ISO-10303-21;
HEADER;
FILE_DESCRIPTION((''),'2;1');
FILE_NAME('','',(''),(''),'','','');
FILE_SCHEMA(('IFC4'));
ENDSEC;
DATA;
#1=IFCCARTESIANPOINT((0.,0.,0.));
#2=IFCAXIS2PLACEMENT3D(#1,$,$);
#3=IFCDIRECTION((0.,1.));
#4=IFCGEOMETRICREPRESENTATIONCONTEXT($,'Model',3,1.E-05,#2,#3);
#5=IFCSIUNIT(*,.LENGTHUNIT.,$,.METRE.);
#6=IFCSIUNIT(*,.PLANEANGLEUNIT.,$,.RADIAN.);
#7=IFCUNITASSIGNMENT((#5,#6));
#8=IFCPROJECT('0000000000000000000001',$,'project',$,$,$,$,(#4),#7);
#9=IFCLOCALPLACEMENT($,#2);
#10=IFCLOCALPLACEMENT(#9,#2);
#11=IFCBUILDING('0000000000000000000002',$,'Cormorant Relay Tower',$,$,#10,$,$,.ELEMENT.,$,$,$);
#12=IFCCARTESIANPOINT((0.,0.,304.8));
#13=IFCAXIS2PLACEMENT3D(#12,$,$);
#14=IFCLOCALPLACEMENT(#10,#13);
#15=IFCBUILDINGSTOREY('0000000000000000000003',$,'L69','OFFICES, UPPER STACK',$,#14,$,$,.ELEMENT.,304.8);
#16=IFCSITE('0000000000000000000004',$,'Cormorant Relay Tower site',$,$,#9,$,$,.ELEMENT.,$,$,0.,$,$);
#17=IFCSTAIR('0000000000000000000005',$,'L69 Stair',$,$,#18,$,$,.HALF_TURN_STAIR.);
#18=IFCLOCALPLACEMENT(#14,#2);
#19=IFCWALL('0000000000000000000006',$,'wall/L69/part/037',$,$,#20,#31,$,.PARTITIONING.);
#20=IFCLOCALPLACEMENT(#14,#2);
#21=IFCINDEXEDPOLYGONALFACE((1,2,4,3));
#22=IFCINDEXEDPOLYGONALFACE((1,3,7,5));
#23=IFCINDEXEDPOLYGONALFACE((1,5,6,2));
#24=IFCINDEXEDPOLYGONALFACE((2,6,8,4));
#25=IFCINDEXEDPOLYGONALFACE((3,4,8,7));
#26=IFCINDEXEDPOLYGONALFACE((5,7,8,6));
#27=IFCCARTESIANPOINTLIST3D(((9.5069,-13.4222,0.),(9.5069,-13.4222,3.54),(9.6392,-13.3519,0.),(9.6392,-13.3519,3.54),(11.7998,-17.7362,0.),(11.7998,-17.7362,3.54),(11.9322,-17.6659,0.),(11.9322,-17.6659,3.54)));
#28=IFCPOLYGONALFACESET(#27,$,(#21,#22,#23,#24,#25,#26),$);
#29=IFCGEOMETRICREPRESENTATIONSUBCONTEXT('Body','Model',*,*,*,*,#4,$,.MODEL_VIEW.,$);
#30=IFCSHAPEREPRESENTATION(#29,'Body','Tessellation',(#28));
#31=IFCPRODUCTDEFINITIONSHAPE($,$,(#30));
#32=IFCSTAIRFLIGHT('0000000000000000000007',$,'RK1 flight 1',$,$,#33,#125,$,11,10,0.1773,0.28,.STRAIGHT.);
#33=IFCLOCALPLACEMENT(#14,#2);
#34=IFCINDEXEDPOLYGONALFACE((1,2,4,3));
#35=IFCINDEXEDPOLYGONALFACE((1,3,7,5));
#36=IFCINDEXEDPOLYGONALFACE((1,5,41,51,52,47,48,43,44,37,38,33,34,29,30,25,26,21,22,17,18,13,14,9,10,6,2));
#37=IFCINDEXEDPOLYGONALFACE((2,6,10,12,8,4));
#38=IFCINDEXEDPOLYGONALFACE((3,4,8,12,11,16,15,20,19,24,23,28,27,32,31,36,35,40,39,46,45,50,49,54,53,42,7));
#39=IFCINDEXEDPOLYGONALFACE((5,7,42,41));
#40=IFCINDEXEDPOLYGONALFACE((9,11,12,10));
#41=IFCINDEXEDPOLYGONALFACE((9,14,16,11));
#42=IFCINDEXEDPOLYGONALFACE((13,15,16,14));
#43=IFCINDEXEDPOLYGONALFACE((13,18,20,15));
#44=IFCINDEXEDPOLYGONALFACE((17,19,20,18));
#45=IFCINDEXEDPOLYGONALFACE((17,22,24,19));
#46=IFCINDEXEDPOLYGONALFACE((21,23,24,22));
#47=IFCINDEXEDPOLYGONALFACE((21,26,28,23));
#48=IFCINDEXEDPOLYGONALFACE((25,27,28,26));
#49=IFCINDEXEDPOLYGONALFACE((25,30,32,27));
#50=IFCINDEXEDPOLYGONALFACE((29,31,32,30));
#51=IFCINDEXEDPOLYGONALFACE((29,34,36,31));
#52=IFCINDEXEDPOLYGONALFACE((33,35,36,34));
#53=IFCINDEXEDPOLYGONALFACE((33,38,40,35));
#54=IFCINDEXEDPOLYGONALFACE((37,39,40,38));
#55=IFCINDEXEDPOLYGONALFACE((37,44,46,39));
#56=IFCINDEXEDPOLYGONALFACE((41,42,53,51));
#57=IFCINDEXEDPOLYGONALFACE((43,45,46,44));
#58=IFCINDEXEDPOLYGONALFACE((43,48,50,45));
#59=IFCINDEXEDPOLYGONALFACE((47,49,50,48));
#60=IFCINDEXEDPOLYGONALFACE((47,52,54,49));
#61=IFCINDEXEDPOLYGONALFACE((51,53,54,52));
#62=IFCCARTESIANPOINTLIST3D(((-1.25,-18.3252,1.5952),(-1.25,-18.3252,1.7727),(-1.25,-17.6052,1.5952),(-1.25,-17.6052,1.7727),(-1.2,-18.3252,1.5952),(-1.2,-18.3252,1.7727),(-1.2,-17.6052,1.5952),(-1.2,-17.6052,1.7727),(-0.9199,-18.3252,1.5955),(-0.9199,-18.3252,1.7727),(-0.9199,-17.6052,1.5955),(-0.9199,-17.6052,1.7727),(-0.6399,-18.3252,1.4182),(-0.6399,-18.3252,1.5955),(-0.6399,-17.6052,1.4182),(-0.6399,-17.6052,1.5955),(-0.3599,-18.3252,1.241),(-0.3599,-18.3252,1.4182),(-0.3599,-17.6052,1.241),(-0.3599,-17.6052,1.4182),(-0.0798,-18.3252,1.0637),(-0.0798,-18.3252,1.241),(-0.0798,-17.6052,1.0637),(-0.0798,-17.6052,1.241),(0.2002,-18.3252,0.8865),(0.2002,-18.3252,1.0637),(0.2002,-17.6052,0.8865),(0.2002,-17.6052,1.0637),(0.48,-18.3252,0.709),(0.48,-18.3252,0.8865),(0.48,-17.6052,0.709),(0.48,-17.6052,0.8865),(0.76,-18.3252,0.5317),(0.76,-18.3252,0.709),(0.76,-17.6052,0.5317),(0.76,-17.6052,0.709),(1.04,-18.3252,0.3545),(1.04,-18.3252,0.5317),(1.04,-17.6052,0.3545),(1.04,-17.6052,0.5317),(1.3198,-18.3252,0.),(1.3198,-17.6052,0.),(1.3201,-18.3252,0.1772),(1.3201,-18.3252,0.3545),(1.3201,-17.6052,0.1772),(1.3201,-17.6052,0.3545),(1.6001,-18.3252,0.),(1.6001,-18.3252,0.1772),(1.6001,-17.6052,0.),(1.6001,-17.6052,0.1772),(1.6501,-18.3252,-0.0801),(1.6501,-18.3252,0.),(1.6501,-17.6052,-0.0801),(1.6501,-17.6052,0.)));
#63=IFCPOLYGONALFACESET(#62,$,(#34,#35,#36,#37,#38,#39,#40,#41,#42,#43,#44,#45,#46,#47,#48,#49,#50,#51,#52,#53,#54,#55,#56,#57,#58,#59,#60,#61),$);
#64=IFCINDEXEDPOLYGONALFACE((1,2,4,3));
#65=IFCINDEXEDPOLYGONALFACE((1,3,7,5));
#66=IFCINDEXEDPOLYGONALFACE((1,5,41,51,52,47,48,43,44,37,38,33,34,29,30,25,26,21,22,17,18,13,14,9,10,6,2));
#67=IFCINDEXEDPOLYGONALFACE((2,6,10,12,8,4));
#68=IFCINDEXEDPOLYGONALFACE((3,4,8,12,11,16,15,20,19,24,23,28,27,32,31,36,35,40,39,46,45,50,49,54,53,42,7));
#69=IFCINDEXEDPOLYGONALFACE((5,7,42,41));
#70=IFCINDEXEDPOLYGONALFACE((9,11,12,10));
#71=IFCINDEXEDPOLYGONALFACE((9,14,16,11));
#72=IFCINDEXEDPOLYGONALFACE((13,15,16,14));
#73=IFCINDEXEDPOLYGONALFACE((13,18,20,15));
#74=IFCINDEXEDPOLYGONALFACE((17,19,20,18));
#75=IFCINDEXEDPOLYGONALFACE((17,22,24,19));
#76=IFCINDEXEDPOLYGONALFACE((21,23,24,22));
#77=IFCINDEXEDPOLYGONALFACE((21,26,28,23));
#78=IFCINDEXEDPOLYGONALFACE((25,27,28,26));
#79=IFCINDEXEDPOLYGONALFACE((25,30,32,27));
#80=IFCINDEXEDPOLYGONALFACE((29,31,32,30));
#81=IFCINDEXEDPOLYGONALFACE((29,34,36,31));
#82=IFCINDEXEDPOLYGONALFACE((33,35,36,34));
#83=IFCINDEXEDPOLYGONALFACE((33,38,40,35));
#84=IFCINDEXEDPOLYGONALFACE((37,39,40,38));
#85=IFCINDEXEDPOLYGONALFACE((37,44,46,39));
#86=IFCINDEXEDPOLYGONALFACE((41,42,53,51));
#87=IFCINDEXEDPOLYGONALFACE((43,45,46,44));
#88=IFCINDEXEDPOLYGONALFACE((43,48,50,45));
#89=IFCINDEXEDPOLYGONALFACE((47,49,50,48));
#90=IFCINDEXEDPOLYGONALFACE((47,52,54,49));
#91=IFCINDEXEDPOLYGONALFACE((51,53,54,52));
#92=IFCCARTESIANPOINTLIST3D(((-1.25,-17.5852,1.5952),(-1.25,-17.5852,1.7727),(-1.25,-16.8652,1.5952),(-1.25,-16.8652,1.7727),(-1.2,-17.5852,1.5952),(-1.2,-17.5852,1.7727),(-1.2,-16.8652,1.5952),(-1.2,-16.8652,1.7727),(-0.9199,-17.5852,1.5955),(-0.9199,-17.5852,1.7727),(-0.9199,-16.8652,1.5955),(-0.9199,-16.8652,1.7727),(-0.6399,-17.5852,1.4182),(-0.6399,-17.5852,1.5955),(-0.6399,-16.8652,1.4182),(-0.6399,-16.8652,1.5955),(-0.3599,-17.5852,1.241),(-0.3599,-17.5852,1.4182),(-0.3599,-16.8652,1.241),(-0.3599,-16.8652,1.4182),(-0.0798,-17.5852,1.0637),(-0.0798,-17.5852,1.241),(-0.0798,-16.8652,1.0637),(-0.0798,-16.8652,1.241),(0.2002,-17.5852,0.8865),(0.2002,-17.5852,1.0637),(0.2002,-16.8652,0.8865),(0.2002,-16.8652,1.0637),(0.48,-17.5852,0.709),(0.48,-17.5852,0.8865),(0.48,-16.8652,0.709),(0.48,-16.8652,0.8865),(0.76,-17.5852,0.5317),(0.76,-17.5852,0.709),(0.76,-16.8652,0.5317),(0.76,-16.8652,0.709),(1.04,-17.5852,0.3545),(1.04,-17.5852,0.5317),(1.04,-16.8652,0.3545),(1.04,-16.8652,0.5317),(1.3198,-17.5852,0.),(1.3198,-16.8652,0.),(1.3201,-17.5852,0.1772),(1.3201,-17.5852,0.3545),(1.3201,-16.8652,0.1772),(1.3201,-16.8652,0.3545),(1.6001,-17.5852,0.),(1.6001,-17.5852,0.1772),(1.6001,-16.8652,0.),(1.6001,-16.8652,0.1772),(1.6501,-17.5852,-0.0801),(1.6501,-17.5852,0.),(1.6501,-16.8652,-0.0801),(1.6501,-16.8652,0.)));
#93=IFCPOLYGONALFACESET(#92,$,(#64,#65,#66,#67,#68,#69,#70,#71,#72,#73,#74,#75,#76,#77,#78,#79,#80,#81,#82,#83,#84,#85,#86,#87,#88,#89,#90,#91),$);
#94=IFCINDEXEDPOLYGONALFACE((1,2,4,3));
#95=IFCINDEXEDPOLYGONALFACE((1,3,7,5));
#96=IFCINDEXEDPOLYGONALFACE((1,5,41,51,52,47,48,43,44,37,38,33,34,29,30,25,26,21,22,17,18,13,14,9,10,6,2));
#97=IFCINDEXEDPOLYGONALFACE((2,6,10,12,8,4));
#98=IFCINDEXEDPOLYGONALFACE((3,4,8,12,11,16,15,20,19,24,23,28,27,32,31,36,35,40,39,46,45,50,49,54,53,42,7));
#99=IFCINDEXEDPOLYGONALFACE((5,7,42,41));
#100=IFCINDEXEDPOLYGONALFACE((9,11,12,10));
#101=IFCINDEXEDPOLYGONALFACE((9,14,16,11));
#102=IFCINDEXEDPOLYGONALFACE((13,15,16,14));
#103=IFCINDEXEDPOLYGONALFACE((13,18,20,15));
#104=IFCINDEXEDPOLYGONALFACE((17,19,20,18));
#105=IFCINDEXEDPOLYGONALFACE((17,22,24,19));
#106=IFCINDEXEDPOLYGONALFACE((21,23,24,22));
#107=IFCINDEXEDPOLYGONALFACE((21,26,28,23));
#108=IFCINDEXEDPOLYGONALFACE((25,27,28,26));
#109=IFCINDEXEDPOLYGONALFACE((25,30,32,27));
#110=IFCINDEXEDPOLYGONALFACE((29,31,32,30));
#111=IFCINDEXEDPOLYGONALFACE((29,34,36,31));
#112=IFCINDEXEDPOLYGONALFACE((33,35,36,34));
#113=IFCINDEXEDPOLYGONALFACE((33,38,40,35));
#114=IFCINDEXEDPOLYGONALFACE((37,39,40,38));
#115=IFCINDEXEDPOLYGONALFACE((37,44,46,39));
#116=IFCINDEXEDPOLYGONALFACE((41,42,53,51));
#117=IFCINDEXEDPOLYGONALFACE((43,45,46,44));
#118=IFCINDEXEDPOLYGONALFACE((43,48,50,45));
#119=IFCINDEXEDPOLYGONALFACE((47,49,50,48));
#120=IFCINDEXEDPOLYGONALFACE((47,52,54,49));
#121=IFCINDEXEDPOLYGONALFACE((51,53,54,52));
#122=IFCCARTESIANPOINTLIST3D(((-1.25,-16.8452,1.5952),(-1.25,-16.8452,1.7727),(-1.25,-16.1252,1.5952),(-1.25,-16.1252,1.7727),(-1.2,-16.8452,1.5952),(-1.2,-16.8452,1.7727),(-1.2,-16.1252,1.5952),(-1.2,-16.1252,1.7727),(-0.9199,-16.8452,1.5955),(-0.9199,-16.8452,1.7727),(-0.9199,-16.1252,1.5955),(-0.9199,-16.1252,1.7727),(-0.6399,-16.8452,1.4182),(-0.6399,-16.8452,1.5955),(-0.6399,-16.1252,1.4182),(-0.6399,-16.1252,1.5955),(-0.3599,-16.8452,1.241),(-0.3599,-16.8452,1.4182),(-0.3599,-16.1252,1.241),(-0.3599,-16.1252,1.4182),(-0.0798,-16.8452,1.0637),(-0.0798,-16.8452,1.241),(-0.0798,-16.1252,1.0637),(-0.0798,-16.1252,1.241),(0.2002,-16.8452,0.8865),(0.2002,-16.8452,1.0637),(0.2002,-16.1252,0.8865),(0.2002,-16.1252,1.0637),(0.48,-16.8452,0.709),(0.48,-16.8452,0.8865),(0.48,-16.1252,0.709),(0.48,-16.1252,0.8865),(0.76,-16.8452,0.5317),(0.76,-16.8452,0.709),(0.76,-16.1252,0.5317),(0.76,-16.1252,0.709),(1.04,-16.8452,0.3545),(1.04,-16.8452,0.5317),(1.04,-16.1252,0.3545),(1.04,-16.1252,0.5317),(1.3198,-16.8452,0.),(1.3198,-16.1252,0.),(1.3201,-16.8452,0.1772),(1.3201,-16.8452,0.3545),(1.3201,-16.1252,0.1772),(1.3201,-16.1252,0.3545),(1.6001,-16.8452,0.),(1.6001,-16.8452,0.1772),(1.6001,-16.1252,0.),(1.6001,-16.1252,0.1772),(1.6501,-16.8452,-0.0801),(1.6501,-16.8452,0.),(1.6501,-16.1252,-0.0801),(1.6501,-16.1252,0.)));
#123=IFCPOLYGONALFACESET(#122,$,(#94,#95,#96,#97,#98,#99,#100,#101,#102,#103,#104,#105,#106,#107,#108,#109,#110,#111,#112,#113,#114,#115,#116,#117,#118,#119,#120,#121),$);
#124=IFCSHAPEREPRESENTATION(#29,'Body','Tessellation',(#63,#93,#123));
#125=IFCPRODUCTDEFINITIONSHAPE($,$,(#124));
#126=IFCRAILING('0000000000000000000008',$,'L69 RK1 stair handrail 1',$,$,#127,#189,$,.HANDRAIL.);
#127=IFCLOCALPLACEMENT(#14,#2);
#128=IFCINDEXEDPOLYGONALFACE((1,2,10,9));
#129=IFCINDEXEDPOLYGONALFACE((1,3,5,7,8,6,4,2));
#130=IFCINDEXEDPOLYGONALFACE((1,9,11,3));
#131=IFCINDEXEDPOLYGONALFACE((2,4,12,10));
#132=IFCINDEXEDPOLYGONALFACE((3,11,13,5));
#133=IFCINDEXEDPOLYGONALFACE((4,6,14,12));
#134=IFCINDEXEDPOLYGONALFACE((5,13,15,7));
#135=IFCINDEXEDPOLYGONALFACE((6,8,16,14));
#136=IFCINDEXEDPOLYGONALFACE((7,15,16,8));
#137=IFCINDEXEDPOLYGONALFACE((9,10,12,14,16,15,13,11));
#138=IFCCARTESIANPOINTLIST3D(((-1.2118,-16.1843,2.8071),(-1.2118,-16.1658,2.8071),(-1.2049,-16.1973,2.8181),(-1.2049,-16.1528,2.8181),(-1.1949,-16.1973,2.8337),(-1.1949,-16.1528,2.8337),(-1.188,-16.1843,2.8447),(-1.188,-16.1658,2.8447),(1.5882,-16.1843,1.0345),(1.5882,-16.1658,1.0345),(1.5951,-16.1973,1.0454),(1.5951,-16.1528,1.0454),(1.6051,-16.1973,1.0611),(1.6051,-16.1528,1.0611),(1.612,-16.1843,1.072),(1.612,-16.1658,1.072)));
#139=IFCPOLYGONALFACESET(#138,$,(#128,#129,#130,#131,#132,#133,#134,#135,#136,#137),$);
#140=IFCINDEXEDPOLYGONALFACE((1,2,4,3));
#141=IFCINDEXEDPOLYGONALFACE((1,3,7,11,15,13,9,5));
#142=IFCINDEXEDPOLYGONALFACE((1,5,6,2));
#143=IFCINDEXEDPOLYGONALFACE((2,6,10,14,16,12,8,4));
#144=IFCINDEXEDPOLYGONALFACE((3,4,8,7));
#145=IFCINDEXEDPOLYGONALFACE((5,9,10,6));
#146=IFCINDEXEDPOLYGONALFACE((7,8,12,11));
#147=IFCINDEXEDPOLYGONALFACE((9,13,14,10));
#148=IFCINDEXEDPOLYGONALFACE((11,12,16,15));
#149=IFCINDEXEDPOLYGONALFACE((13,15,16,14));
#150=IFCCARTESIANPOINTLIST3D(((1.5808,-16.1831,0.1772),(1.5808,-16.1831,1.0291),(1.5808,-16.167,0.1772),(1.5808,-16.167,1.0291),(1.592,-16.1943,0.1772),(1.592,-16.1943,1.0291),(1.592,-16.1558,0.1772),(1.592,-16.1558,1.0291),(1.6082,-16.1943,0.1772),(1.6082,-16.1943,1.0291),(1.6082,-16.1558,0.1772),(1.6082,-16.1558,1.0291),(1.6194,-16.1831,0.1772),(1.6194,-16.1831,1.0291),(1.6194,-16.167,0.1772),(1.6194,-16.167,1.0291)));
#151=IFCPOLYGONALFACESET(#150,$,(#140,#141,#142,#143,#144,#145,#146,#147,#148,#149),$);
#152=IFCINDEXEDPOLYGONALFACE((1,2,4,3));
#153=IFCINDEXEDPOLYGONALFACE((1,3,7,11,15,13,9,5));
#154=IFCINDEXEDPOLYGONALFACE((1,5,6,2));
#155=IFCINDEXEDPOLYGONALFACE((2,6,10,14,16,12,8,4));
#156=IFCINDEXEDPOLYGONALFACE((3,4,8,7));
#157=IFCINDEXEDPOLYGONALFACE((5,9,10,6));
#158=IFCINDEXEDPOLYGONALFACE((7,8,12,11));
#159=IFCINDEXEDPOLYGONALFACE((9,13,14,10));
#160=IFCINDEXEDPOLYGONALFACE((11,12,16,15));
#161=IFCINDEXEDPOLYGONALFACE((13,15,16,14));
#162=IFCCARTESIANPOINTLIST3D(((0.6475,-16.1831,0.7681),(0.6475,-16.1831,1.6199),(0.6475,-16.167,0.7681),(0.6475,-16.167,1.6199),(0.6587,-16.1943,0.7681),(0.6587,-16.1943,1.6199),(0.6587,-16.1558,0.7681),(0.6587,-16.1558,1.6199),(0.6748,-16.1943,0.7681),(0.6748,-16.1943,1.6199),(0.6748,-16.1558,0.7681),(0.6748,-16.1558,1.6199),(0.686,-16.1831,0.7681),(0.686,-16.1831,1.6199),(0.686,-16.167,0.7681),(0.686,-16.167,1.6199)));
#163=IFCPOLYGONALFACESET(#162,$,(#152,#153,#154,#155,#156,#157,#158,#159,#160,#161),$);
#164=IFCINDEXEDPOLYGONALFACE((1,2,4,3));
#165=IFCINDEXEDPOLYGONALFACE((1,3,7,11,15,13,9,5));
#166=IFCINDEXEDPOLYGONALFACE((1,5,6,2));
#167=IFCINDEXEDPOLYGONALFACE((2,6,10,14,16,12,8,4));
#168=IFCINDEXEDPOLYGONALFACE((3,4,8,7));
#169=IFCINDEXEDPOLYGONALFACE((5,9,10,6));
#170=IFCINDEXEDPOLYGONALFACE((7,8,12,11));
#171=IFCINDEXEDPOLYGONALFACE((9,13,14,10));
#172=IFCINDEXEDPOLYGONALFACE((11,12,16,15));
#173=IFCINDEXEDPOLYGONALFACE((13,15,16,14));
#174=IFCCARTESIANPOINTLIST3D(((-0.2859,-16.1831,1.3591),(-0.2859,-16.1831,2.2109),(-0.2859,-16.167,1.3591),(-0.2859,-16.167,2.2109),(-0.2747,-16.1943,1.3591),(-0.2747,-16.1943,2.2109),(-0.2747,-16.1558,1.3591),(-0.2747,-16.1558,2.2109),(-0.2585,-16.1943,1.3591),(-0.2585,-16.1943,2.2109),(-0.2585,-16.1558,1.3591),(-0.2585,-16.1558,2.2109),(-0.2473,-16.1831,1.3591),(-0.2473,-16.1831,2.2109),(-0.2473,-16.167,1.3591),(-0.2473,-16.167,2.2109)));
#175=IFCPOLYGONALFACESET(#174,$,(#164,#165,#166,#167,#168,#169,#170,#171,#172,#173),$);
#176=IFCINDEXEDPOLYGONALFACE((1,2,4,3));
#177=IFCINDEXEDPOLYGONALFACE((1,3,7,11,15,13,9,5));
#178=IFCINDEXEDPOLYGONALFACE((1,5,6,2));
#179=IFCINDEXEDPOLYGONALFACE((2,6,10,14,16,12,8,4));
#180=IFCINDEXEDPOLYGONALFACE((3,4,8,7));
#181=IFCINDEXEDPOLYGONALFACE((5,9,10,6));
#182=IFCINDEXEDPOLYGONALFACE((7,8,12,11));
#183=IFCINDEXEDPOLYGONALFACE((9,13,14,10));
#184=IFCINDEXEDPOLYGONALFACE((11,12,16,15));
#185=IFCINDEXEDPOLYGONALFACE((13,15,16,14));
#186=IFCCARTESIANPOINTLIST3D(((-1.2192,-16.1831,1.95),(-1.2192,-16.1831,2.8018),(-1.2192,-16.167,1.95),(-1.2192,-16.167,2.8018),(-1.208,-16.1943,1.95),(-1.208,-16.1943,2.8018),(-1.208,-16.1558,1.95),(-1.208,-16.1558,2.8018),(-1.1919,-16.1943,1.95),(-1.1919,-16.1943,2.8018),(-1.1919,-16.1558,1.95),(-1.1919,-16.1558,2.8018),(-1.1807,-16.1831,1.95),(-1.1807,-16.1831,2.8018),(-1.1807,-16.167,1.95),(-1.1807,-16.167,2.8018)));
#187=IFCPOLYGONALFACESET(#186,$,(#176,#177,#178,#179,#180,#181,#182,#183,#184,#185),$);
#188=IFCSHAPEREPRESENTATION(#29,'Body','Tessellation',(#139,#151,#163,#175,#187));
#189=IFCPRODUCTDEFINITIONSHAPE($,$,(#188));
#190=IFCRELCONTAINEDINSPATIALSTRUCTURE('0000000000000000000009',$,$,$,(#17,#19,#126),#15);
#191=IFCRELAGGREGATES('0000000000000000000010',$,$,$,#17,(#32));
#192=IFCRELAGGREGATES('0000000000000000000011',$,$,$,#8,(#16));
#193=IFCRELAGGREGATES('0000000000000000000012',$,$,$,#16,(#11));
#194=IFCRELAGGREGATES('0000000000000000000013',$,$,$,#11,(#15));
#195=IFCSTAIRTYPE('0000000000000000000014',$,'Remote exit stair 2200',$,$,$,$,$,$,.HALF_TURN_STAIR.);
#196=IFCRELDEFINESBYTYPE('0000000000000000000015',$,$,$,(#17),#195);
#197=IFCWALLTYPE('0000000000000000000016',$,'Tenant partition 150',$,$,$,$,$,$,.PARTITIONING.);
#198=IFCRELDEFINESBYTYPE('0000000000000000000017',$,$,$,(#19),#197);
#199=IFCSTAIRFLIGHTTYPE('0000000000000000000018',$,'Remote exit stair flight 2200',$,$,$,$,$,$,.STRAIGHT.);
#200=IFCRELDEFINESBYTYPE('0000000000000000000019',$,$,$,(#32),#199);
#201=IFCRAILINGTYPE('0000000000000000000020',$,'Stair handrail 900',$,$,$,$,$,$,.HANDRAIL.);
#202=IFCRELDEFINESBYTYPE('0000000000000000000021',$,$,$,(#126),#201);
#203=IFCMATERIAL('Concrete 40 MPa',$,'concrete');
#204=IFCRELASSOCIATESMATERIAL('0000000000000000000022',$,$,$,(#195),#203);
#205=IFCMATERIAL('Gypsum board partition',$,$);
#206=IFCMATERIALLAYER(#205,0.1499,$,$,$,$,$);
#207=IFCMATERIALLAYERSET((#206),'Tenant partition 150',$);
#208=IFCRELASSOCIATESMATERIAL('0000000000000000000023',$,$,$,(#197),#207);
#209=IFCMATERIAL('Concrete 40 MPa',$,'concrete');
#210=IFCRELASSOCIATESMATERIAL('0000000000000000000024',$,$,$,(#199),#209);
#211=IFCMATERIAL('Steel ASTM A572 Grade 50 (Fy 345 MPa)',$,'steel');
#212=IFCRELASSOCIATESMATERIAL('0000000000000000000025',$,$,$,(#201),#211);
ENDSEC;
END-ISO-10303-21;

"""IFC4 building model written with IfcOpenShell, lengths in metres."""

from ifc_helpers import new_model, si_unit, direction, frame, frame_2d, origin, place, context, subcontext, project, spatial, polyline, rectangle, outline, extrude, material, layer, layer_set, type_object, element, aggregate, save


model = new_model("IFC4")

# Units and contexts
model_context = context("Model", 3, precision=1e-05, world=origin(), true_north=direction((0.0, 1.0)))
body_context = subcontext(model_context, "Body", "Model", "MODEL_VIEW")
ifc_project = project(units=[si_unit("LENGTHUNIT", "METRE"), si_unit("PLANEANGLEUNIT", "RADIAN")], contexts=[model_context])

# Site, building, storey
site_placement = place(None, origin())
site = spatial("IfcSite", under=ifc_project, at=site_placement, Name="Cormorant Relay Tower site", CompositionType="ELEMENT", RefElevation=0.0)
building_placement = place(site_placement, origin())
building = spatial("IfcBuilding", under=site, at=building_placement, Name="Cormorant Relay Tower", CompositionType="ELEMENT")
storey_placement = place(building_placement, frame((0.0, 0.0, 304.8)))
storey = spatial("IfcBuildingStorey", under=building, at=storey_placement, Name="L69", Description="OFFICES, UPPER STACK", CompositionType="ELEMENT", Elevation=304.8)

# Stair
ifc_material_1 = material(Name="Concrete 40 MPa", Category="concrete")
stair_type_1 = type_object("IfcStairType", Name="Remote exit stair 2200", PredefinedType="HALF_TURN_STAIR", material=ifc_material_1)
stair_1_placement = place(storey_placement, origin())
stair_1 = element("IfcStair", 1, at=stair_1_placement, inside=storey, type_object=stair_type_1, Name="L69 Stair", PredefinedType="HALF_TURN_STAIR")

# Wall
ifc_material_2 = material(Name="Gypsum board partition")
ifc_layer_1 = layer(ifc_material_2, 0.1499)
ifc_layer_set_1 = layer_set([ifc_layer_1], Name="Tenant partition 150")
wall_type_1 = type_object("IfcWallType", Name="Tenant partition 150", PredefinedType="PARTITIONING", material=ifc_layer_set_1)
wall_1_placement = place(storey_placement, frame((9.573, -13.387, 0.0), z_axis=(0.0, 0.0, 1.0), x_axis=(0.469343, -0.883016, 0.0)))
element("IfcWall", 2, at=wall_1_placement, inside=storey, type_object=wall_type_1, Name="wall/L69/part/037", PredefinedType="PARTITIONING", context=body_context, shape_type="SweptSolid", body=[
    extrude(rectangle(XDim=4.8855, YDim=0.1499, at=frame_2d((2.4429, 0.0))), origin(), (0.0, 0.0, 1.0), 3.54),
])

# Stair flight
ifc_material_3 = material(Name="Concrete 40 MPa", Category="concrete")
stair_flight_type = type_object("IfcStairFlightType", Name="Remote exit stair flight 2200", PredefinedType="STRAIGHT", material=ifc_material_3)
stair_flight_placement = place(storey_placement, frame((1.6001, -17.2251, 0.0), z_axis=(0.0, 0.0, 1.0), x_axis=(-1.0, 0.0, 0.0)))
stair_flight = element("IfcStairFlight", 3, at=stair_flight_placement, type_object=stair_flight_type, Name="RK1 flight 1", NumberOfRisers=11, NumberOfTreads=10, PredefinedType="STRAIGHT", RiserHeight=0.1773, TreadLength=0.28, context=body_context, shape_type="SweptSolid", body=[
    extrude(outline(polyline([(-0.05, -0.0801), (-0.05, 0.0), (0.0, 0.0), (0.0, 0.1772), (0.28, 0.1772), (0.28, 0.3545), (0.5601, 0.3545), (0.5601, 0.5317), (0.8401, 0.5317), (0.8401, 0.709), (1.1201, 0.709), (1.1201, 0.8865), (1.3999, 0.8865), (1.3999, 1.0637), (1.6799, 1.0637), (1.6799, 1.241), (1.96, 1.241), (1.96, 1.4182), (2.24, 1.4182), (2.24, 1.5955), (2.52, 1.5955), (2.52, 1.7727), (2.8, 1.7727), (2.8501, 1.7727), (2.8501, 1.5952), (2.8, 1.5952), (0.2803, 0.0), (-0.05, -0.0801)])), frame((0.0, 1.1001, 0.0), z_axis=(0.0, -1.0, 0.0), x_axis=(1.0, 0.0, 0.0)), (0.0, 0.0, 1.0), 0.72),
    extrude(outline(polyline([(-0.05, -0.0801), (-0.05, 0.0), (0.0, 0.0), (0.0, 0.1772), (0.28, 0.1772), (0.28, 0.3545), (0.5601, 0.3545), (0.5601, 0.5317), (0.8401, 0.5317), (0.8401, 0.709), (1.1201, 0.709), (1.1201, 0.8865), (1.3999, 0.8865), (1.3999, 1.0637), (1.6799, 1.0637), (1.6799, 1.241), (1.96, 1.241), (1.96, 1.4182), (2.24, 1.4182), (2.24, 1.5955), (2.52, 1.5955), (2.52, 1.7727), (2.8, 1.7727), (2.8501, 1.7727), (2.8501, 1.5952), (2.8, 1.5952), (0.2803, 0.0), (-0.05, -0.0801)])), frame((0.0, 0.3601, 0.0), z_axis=(0.0, -1.0, 0.0), x_axis=(1.0, 0.0, 0.0)), (0.0, 0.0, 1.0), 0.72),
    extrude(outline(polyline([(-0.05, -0.0801), (-0.05, 0.0), (0.0, 0.0), (0.0, 0.1772), (0.28, 0.1772), (0.28, 0.3545), (0.5601, 0.3545), (0.5601, 0.5317), (0.8401, 0.5317), (0.8401, 0.709), (1.1201, 0.709), (1.1201, 0.8865), (1.3999, 0.8865), (1.3999, 1.0637), (1.6799, 1.0637), (1.6799, 1.241), (1.96, 1.241), (1.96, 1.4182), (2.24, 1.4182), (2.24, 1.5955), (2.52, 1.5955), (2.52, 1.7727), (2.8, 1.7727), (2.8501, 1.7727), (2.8501, 1.5952), (2.8, 1.5952), (0.2803, 0.0), (-0.05, -0.0801)])), frame((0.0, -0.3799, 0.0), z_axis=(0.0, -1.0, 0.0), x_axis=(1.0, 0.0, 0.0)), (0.0, 0.0, 1.0), 0.72),
])
aggregate(stair_1, [stair_flight])

# Railing
ifc_material_4 = material(Name="Steel ASTM A572 Grade 50 (Fy 345 MPa)", Category="steel")
railing_type = type_object("IfcRailingType", Name="Stair handrail 900", PredefinedType="HANDRAIL", material=ifc_material_4)
railing_placement = place(storey_placement, frame((1.6001, -16.175, 0.1772)))
element("IfcRailing", 4, at=railing_placement, inside=storey, type_object=railing_type, Name="L69 RK1 stair handrail 1", PredefinedType="HANDRAIL", context=body_context, shape_type="SweptSolid", body=[
    extrude(outline(polyline([(0.0222, 0.0093), (0.0093, 0.0222), (-0.0093, 0.0222), (-0.0222, 0.0093), (-0.0222, -0.0093), (-0.0093, -0.0222), (0.0093, -0.0222), (0.0222, -0.0093), (0.0222, 0.0093)])), frame((0.0, 0.0, 0.876), z_axis=(-0.844909, 0.0, 0.53491), x_axis=(0.0, -1.0, 0.0)), (0.0, 0.0, 1.0), 3.314),
    extrude(outline(polyline([(0.0193, 0.0081), (0.0081, 0.0193), (-0.0081, 0.0193), (-0.0193, 0.0081), (-0.0193, -0.0081), (-0.0081, -0.0193), (0.0081, -0.0193), (0.0193, -0.0081), (0.0193, 0.0081)])), origin(), (0.0, 0.0, 1.0), 0.8518),
    extrude(outline(polyline([(0.0193, 0.0081), (0.0081, 0.0193), (-0.0081, 0.0193), (-0.0193, 0.0081), (-0.0193, -0.0081), (-0.0081, -0.0193), (0.0081, -0.0193), (0.0193, -0.0081), (0.0193, 0.0081)])), frame((-0.9333, 0.0, 0.5908)), (0.0, 0.0, 1.0), 0.8518),
    extrude(outline(polyline([(0.0193, 0.0081), (0.0081, 0.0193), (-0.0081, 0.0193), (-0.0193, 0.0081), (-0.0193, -0.0081), (-0.0081, -0.0193), (0.0081, -0.0193), (0.0193, -0.0081), (0.0193, 0.0081)])), frame((-1.8667, 0.0, 1.1819)), (0.0, 0.0, 1.0), 0.8518),
    extrude(outline(polyline([(0.0193, 0.0081), (0.0081, 0.0193), (-0.0081, 0.0193), (-0.0193, 0.0081), (-0.0193, -0.0081), (-0.0081, -0.0193), (0.0081, -0.0193), (0.0193, -0.0081), (0.0193, 0.0081)])), frame((-2.8, 0.0, 1.7727)), (0.0, 0.0, 1.0), 0.8518),
])

save(model, "model.ifc")
